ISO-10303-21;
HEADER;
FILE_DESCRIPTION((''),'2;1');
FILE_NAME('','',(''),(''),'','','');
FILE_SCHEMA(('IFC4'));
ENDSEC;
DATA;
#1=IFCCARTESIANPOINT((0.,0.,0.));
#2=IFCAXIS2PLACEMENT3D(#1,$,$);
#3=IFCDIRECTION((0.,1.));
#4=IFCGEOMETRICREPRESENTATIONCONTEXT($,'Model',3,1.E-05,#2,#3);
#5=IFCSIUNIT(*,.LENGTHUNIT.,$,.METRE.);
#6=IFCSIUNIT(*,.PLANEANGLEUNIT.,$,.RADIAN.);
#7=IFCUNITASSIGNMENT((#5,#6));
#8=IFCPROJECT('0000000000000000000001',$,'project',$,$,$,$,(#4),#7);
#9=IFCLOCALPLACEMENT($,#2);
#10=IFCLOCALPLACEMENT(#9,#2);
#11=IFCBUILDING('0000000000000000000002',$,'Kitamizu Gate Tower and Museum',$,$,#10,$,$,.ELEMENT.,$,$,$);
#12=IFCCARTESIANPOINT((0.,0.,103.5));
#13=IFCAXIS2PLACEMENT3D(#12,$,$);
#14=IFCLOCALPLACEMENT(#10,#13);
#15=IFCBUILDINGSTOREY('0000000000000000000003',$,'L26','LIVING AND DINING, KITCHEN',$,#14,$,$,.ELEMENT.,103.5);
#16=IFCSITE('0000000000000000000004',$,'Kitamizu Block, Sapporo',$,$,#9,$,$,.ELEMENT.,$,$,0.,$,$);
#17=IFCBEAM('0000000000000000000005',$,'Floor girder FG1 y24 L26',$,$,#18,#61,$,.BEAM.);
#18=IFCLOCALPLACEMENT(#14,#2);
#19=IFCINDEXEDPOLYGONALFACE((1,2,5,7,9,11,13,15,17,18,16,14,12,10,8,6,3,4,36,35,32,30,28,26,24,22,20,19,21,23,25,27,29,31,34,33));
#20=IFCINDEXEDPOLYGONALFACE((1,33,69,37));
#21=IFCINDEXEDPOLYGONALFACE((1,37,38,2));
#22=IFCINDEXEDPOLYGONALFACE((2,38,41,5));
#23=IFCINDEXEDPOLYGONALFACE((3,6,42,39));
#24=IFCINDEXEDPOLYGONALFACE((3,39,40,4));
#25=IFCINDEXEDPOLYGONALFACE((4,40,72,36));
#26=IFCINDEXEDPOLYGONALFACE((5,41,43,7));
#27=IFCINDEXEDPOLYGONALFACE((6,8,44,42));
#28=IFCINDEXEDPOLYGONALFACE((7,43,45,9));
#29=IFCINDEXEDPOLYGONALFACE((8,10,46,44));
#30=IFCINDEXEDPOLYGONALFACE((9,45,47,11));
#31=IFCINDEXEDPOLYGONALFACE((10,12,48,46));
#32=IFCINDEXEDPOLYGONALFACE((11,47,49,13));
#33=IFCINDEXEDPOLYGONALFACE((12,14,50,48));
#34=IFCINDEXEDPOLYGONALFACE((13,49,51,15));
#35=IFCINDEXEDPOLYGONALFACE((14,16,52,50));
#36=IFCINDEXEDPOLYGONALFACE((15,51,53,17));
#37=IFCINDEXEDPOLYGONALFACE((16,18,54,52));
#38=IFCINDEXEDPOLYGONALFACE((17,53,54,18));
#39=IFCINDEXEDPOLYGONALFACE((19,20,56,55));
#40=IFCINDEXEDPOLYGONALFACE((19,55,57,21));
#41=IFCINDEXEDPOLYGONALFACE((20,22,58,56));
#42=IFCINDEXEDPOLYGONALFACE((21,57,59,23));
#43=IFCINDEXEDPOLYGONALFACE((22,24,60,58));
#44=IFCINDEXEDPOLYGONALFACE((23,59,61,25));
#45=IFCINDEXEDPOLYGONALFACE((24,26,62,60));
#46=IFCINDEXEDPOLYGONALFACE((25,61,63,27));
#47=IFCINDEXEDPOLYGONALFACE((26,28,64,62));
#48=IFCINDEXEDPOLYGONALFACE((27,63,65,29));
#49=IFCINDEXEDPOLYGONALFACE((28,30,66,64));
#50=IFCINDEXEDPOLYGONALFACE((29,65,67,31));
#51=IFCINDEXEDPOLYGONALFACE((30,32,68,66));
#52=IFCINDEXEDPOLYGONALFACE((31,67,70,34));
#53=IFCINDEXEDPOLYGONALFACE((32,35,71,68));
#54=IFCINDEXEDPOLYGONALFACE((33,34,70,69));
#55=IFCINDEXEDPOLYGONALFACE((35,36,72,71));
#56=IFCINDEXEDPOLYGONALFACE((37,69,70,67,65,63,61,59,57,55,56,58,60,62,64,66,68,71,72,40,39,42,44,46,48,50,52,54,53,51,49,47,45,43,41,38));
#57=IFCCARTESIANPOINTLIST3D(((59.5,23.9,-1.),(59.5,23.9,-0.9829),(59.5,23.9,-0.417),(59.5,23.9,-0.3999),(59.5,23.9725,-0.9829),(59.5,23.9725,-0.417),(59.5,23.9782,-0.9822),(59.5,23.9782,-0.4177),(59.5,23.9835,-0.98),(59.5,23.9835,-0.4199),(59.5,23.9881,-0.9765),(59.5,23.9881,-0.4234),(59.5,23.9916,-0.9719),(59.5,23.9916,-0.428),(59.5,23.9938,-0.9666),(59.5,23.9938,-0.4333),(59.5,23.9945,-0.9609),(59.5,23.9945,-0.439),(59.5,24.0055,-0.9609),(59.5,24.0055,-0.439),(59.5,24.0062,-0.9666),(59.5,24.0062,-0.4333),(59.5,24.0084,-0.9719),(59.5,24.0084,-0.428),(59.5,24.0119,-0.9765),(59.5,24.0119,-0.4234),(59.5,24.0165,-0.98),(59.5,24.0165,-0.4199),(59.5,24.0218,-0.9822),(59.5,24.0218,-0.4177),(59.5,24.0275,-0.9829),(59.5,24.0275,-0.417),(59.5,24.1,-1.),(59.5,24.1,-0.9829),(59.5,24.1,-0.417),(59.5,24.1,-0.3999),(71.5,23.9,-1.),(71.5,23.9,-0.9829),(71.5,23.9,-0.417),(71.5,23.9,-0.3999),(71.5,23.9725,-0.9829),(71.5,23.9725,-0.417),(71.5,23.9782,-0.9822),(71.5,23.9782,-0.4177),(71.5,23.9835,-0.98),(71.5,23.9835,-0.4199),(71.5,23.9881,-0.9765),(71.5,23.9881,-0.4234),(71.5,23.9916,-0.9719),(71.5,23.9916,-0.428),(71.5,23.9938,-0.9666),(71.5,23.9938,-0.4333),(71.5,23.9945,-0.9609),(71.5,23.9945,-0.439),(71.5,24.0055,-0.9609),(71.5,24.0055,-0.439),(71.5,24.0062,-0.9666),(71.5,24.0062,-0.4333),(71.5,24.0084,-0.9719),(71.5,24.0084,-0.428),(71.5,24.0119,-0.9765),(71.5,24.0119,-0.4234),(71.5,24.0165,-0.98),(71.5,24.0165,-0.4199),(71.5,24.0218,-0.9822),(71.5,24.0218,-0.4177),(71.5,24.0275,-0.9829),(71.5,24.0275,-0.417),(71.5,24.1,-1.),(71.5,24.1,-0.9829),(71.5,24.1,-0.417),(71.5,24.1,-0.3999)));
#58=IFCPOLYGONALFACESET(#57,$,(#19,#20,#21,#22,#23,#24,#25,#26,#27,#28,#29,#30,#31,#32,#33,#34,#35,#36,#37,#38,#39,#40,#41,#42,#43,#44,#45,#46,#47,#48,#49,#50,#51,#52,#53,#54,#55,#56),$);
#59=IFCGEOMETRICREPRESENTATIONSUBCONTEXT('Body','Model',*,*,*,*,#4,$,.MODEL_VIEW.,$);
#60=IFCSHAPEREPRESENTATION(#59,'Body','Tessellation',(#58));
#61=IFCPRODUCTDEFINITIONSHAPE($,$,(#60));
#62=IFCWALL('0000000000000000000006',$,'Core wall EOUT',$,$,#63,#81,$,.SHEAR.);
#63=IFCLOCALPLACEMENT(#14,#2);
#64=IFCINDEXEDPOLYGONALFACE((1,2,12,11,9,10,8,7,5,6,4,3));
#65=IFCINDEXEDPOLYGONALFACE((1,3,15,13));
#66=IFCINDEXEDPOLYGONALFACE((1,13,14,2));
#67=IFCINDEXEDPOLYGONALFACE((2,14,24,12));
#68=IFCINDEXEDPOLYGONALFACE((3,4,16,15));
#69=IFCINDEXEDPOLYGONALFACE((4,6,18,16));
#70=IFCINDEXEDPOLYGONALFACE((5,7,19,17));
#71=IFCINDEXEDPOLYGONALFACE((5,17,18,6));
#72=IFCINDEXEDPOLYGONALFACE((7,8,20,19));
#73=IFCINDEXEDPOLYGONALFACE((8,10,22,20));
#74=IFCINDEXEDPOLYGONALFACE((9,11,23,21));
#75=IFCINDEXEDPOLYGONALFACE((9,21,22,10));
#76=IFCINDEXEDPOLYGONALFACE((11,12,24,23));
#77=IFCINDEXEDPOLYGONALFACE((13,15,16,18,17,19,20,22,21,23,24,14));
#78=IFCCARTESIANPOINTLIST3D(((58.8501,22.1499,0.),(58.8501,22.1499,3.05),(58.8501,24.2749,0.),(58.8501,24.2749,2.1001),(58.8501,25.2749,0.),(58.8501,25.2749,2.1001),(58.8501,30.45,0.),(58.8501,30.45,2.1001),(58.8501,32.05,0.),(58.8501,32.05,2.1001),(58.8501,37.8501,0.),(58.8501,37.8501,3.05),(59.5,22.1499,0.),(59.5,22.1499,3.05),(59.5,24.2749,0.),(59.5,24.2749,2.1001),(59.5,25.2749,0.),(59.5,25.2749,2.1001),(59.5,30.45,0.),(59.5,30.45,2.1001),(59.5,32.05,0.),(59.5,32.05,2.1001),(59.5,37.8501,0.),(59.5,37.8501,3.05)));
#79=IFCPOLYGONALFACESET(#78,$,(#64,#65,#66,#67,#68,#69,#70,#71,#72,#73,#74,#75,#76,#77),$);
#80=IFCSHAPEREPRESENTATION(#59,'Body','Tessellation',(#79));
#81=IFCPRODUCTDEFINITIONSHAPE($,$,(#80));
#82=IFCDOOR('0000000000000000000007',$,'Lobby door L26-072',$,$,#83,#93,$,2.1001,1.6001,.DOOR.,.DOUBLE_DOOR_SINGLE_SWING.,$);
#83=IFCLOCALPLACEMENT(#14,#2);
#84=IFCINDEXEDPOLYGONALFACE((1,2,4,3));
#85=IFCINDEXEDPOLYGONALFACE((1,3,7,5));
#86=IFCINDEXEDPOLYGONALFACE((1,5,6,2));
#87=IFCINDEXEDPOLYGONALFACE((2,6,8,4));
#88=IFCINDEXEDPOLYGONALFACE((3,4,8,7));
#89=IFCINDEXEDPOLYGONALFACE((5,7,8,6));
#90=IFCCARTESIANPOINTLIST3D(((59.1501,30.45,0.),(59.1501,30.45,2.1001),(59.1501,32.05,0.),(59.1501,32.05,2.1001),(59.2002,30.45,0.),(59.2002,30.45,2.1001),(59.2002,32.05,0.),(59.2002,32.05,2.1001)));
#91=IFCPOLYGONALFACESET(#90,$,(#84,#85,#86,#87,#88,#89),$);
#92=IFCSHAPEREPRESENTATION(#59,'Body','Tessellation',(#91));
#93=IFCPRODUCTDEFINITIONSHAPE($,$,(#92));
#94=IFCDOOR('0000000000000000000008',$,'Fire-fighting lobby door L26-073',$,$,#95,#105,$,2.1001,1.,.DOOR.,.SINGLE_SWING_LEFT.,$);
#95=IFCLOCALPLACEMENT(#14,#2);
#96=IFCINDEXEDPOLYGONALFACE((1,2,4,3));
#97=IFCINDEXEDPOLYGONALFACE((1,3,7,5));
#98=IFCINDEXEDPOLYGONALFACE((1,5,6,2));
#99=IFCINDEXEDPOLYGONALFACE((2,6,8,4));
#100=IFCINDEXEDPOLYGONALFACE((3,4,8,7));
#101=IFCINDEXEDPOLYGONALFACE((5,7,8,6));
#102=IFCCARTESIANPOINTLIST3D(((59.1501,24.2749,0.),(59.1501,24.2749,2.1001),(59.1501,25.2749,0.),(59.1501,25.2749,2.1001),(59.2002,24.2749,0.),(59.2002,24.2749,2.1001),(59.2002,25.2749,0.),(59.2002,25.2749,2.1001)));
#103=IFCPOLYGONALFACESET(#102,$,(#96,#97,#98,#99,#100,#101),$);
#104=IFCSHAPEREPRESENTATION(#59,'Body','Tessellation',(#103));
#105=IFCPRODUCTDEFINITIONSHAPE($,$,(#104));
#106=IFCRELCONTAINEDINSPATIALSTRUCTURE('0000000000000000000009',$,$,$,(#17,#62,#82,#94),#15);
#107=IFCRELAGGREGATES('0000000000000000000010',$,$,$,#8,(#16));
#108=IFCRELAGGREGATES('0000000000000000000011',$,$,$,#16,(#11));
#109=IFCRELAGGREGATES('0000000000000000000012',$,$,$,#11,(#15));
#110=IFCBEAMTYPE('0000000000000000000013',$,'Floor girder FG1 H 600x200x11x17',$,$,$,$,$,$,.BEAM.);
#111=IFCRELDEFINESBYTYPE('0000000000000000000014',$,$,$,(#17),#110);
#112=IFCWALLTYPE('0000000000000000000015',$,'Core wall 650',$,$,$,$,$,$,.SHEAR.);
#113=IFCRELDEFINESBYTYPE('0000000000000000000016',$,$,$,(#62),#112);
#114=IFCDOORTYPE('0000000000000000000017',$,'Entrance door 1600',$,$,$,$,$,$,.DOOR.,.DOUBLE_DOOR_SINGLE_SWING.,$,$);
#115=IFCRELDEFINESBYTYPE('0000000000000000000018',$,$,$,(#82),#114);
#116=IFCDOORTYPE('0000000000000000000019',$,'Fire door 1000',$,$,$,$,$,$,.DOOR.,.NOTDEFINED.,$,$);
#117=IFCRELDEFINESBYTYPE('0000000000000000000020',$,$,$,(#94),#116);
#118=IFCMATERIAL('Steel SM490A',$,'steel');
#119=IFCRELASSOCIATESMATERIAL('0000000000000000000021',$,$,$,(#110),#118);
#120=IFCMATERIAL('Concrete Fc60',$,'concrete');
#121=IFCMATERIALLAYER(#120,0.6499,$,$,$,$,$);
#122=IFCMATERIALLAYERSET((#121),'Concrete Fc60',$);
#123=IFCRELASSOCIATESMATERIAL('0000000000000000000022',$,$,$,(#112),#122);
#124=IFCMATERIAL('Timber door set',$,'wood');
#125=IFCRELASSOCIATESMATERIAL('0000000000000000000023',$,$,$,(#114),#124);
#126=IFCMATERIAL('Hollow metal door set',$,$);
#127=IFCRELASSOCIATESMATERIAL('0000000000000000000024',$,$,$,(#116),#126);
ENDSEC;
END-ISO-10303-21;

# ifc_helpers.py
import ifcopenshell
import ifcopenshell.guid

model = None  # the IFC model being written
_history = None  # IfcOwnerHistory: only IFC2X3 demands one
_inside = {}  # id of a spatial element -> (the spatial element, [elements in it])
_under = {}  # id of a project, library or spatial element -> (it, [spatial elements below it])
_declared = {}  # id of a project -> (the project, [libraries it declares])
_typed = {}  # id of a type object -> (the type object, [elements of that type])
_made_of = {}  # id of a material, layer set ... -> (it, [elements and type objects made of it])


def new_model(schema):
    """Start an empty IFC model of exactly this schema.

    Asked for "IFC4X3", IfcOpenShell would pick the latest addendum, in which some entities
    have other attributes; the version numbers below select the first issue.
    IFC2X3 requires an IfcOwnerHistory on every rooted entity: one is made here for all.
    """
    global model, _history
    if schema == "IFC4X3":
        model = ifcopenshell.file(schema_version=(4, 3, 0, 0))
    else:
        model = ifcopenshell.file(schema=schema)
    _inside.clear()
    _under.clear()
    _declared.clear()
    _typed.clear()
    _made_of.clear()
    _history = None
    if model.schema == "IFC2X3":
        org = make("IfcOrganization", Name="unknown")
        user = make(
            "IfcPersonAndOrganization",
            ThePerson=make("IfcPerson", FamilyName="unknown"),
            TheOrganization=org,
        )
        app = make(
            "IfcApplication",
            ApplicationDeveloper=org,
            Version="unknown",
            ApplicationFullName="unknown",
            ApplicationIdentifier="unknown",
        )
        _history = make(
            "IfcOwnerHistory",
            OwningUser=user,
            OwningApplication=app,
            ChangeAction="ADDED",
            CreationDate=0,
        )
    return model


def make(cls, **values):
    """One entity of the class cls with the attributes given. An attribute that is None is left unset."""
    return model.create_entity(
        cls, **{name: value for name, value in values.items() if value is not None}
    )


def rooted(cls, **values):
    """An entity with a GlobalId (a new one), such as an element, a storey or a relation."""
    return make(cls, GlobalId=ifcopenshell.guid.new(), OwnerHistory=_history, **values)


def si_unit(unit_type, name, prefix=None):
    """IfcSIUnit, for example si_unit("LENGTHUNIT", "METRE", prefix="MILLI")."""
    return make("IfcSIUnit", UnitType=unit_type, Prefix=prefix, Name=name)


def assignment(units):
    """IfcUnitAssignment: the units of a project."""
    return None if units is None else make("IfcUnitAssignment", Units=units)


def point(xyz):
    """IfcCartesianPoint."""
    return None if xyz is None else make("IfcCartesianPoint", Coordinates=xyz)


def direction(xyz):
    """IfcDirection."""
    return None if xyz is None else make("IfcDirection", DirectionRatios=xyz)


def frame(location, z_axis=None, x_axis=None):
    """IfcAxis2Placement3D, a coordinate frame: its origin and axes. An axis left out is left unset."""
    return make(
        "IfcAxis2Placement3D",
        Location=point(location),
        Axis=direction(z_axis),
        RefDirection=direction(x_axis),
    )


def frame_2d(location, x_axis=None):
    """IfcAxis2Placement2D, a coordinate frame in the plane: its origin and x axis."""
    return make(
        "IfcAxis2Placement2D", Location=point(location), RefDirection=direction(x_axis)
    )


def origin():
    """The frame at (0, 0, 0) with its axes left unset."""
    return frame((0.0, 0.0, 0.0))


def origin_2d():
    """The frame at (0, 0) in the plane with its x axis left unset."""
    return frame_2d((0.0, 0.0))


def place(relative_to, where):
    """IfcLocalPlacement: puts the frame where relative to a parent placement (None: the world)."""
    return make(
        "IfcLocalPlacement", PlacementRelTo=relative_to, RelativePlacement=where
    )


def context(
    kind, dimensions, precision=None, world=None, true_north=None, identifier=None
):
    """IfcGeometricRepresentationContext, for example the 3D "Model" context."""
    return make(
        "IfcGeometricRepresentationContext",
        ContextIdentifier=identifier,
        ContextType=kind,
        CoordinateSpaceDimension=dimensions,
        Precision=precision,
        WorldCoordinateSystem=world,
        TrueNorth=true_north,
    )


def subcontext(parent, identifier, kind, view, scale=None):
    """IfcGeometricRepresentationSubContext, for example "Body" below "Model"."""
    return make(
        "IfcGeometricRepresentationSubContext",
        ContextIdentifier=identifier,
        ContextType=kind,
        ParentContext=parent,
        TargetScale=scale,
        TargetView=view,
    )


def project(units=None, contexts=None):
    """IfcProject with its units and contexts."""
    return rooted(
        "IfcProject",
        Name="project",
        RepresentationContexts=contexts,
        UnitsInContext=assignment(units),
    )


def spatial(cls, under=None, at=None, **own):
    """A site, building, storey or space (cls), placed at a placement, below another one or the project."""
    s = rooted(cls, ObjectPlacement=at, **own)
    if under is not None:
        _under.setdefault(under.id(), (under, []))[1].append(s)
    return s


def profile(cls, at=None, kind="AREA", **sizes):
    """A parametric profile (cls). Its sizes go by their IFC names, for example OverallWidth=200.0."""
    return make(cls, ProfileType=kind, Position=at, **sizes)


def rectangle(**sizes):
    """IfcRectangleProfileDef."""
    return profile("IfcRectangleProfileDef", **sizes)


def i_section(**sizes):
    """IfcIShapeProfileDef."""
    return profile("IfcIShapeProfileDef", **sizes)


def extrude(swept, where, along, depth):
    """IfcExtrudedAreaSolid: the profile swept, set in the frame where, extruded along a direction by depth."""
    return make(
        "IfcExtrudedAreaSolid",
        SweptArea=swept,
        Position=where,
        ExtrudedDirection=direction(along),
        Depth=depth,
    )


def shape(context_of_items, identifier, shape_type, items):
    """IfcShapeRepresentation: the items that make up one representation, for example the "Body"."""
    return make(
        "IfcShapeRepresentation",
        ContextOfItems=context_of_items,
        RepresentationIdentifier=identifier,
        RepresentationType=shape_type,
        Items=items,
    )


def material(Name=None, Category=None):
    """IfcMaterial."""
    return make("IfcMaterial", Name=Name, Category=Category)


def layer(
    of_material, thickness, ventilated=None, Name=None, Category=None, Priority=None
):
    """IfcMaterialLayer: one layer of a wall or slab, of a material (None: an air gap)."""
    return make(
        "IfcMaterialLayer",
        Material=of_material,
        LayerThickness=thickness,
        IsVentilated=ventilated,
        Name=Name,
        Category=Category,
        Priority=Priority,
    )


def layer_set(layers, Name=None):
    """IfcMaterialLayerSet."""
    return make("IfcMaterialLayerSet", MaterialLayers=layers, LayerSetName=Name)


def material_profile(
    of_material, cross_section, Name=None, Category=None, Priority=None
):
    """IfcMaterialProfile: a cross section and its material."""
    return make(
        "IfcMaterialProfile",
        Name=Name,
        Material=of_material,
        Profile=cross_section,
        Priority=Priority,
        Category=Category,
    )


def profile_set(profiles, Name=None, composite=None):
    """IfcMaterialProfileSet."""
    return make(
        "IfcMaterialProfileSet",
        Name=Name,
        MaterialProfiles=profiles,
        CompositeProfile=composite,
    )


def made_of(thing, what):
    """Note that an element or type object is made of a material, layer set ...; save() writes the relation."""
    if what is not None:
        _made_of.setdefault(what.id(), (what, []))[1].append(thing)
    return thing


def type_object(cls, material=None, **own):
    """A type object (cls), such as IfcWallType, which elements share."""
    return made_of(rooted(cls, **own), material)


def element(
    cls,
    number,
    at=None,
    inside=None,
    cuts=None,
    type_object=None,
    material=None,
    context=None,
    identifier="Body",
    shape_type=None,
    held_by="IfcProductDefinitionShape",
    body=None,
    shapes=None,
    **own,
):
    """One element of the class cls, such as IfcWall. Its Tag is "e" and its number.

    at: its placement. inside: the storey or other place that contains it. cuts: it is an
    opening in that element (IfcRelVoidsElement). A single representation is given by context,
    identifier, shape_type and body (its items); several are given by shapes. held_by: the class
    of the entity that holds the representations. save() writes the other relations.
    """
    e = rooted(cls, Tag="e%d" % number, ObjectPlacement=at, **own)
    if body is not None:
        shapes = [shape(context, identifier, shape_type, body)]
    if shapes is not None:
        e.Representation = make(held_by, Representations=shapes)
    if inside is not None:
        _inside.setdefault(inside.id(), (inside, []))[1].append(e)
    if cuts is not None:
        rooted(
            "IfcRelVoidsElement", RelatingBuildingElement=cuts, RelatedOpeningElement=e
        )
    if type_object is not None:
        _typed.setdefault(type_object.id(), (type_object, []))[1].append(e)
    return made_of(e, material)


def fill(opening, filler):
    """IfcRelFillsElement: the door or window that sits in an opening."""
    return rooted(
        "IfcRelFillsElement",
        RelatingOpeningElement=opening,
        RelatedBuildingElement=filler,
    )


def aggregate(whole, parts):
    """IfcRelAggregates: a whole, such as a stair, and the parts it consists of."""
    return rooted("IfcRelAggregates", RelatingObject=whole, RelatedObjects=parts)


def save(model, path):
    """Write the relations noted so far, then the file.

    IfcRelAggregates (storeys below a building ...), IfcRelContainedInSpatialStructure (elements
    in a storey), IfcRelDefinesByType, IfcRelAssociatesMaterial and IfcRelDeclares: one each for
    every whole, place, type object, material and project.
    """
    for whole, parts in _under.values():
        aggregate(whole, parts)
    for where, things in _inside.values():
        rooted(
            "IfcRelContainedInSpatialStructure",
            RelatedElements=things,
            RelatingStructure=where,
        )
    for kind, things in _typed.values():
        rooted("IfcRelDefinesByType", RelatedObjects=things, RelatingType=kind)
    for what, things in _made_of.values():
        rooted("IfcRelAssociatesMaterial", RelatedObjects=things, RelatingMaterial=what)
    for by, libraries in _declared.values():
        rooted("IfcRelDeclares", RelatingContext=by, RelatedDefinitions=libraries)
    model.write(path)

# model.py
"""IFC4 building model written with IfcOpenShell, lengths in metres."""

from ifc_helpers import new_model, si_unit, direction, frame, frame_2d, origin, origin_2d, place, context, subcontext, project, spatial, rectangle, i_section, extrude, material, layer, layer_set, material_profile, profile_set, type_object, element, fill, save


model = new_model("IFC4")

# Units and contexts
model_context = context("Model", 3, precision=1e-05, world=origin(), true_north=direction((0.0, 1.0)))
body_context = subcontext(model_context, "Body", "Model", "MODEL_VIEW")
ifc_project = project(units=[si_unit("LENGTHUNIT", "METRE"), si_unit("PLANEANGLEUNIT", "RADIAN")], contexts=[model_context])

# Site, building, storey
site_placement = place(None, origin())
site = spatial("IfcSite", under=ifc_project, at=site_placement, Name="Kitamizu Block, Sapporo", CompositionType="ELEMENT", RefElevation=0.0)
building_placement = place(site_placement, origin())
building = spatial("IfcBuilding", under=site, at=building_placement, Name="Kitamizu Gate Tower and Museum", CompositionType="ELEMENT")
storey_placement = place(building_placement, frame((0.0, 0.0, 103.5)))
storey = spatial("IfcBuildingStorey", under=building, at=storey_placement, Name="L26", Description="LIVING AND DINING, KITCHEN", CompositionType="ELEMENT", Elevation=103.5)

# Beam
ifc_material_1 = material(Name="Steel SM490A", Category="steel")
ifc_material_profile = material_profile(ifc_material_1, i_section(OverallWidth=0.2, OverallDepth=0.6001, WebThickness=0.011, FlangeThickness=0.0171, FilletRadius=0.022, at=origin_2d()), Name="H-600x200x11x17")
ifc_profile_set = profile_set([ifc_material_profile], Name="Steel SM490A")
beam_type = type_object("IfcBeamType", Name="Floor girder FG1 H 600x200x11x17", PredefinedType="BEAM", material=ifc_profile_set)
beam_placement = place(storey_placement, frame((59.5, 24.0, -0.7), z_axis=(1.0, 0.0, 0.0), x_axis=(0.0, 1.0, 0.0)))
element("IfcBeam", 1, at=beam_placement, inside=storey, type_object=beam_type, Name="Floor girder FG1 y24 L26", PredefinedType="BEAM", context=body_context, shape_type="SweptSolid", body=[
    extrude(i_section(OverallWidth=0.2, OverallDepth=0.6001, WebThickness=0.011, FlangeThickness=0.0171, FilletRadius=0.022, at=origin_2d()), origin(), (0.0, 0.0, 1.0), 12.0),
])

# Wall, openings, doors
ifc_material_2 = material(Name="Concrete Fc60", Category="concrete")
ifc_layer_1 = layer(ifc_material_2, 0.6499)
ifc_layer_set_1 = layer_set([ifc_layer_1], Name="Concrete Fc60")
wall_type_1 = type_object("IfcWallType", Name="Core wall 650", PredefinedType="SHEAR", material=ifc_layer_set_1)
wall_1_placement = place(storey_placement, frame((59.175, 22.1499, 0.0), z_axis=(0.0, 0.0, 1.0), x_axis=(0.0, 1.0, 0.0)))
wall_1 = element("IfcWall", 2, at=wall_1_placement, inside=storey, type_object=wall_type_1, Name="Core wall EOUT", PredefinedType="SHEAR", context=body_context, shape_type="SweptSolid", body=[
    extrude(rectangle(XDim=15.7002, YDim=0.6499, at=frame_2d((7.8501, 0.0))), origin(), (0.0, 0.0, 1.0), 3.05),
])
opening_1_placement = place(wall_1_placement, frame((8.3, 0.0, 0.0)))
opening_1 = element("IfcOpeningElement", 3, at=opening_1_placement, cuts=wall_1, PredefinedType="OPENING", context=body_context, shape_type="SweptSolid", body=[
    extrude(rectangle(XDim=1.6001, YDim=2.1001, at=frame_2d((0.8, 1.05))), frame((0.0, 0.335, 0.0), z_axis=(0.0, -1.0, 0.0), x_axis=(1.0, 0.0, 0.0)), (0.0, 0.0, 1.0), 0.6699),
])
opening_2_placement = place(wall_1_placement, frame((2.125, 0.0, 0.0)))
opening_2 = element("IfcOpeningElement", 4, at=opening_2_placement, cuts=wall_1, PredefinedType="OPENING", context=body_context, shape_type="SweptSolid", body=[
    extrude(rectangle(XDim=1.0, YDim=2.1001, at=frame_2d((0.5, 1.05))), frame((0.0, 0.335, 0.0), z_axis=(0.0, -1.0, 0.0), x_axis=(1.0, 0.0, 0.0)), (0.0, 0.0, 1.0), 0.6699),
])
ifc_material_3 = material(Name="Timber door set", Category="wood")
door_type_1 = type_object("IfcDoorType", Name="Entrance door 1600", OperationType="DOUBLE_DOOR_SINGLE_SWING", PredefinedType="DOOR", material=ifc_material_3)
door_1_placement = place(opening_1_placement, origin())
door_1 = element("IfcDoor", 5, at=door_1_placement, inside=storey, type_object=door_type_1, Name="Lobby door L26-072", OperationType="DOUBLE_DOOR_SINGLE_SWING", OverallHeight=2.1001, OverallWidth=1.6001, PredefinedType="DOOR", context=body_context, shape_type="SweptSolid", body=[
    extrude(rectangle(XDim=1.6001, YDim=2.1001, at=frame_2d((0.8, 1.05))), frame((0.0, 0.0249, 0.0), z_axis=(0.0, -1.0, 0.0), x_axis=(1.0, 0.0, 0.0)), (0.0, 0.0, 1.0), 0.05),
])
fill(opening_1, door_1)
ifc_material_4 = material(Name="Hollow metal door set")
door_type_2 = type_object("IfcDoorType", Name="Fire door 1000", OperationType="NOTDEFINED", PredefinedType="DOOR", material=ifc_material_4)
door_2_placement = place(opening_2_placement, origin())
door_2 = element("IfcDoor", 6, at=door_2_placement, inside=storey, type_object=door_type_2, Name="Fire-fighting lobby door L26-073", OperationType="SINGLE_SWING_LEFT", OverallHeight=2.1001, OverallWidth=1.0, PredefinedType="DOOR", context=body_context, shape_type="SweptSolid", body=[
    extrude(rectangle(XDim=1.0, YDim=2.1001, at=frame_2d((0.5, 1.05))), frame((0.0, 0.0249, 0.0), z_axis=(0.0, -1.0, 0.0), x_axis=(1.0, 0.0, 0.0)), (0.0, 0.0, 1.0), 0.05),
])
fill(opening_2, door_2)

save(model, "model.ifc")
